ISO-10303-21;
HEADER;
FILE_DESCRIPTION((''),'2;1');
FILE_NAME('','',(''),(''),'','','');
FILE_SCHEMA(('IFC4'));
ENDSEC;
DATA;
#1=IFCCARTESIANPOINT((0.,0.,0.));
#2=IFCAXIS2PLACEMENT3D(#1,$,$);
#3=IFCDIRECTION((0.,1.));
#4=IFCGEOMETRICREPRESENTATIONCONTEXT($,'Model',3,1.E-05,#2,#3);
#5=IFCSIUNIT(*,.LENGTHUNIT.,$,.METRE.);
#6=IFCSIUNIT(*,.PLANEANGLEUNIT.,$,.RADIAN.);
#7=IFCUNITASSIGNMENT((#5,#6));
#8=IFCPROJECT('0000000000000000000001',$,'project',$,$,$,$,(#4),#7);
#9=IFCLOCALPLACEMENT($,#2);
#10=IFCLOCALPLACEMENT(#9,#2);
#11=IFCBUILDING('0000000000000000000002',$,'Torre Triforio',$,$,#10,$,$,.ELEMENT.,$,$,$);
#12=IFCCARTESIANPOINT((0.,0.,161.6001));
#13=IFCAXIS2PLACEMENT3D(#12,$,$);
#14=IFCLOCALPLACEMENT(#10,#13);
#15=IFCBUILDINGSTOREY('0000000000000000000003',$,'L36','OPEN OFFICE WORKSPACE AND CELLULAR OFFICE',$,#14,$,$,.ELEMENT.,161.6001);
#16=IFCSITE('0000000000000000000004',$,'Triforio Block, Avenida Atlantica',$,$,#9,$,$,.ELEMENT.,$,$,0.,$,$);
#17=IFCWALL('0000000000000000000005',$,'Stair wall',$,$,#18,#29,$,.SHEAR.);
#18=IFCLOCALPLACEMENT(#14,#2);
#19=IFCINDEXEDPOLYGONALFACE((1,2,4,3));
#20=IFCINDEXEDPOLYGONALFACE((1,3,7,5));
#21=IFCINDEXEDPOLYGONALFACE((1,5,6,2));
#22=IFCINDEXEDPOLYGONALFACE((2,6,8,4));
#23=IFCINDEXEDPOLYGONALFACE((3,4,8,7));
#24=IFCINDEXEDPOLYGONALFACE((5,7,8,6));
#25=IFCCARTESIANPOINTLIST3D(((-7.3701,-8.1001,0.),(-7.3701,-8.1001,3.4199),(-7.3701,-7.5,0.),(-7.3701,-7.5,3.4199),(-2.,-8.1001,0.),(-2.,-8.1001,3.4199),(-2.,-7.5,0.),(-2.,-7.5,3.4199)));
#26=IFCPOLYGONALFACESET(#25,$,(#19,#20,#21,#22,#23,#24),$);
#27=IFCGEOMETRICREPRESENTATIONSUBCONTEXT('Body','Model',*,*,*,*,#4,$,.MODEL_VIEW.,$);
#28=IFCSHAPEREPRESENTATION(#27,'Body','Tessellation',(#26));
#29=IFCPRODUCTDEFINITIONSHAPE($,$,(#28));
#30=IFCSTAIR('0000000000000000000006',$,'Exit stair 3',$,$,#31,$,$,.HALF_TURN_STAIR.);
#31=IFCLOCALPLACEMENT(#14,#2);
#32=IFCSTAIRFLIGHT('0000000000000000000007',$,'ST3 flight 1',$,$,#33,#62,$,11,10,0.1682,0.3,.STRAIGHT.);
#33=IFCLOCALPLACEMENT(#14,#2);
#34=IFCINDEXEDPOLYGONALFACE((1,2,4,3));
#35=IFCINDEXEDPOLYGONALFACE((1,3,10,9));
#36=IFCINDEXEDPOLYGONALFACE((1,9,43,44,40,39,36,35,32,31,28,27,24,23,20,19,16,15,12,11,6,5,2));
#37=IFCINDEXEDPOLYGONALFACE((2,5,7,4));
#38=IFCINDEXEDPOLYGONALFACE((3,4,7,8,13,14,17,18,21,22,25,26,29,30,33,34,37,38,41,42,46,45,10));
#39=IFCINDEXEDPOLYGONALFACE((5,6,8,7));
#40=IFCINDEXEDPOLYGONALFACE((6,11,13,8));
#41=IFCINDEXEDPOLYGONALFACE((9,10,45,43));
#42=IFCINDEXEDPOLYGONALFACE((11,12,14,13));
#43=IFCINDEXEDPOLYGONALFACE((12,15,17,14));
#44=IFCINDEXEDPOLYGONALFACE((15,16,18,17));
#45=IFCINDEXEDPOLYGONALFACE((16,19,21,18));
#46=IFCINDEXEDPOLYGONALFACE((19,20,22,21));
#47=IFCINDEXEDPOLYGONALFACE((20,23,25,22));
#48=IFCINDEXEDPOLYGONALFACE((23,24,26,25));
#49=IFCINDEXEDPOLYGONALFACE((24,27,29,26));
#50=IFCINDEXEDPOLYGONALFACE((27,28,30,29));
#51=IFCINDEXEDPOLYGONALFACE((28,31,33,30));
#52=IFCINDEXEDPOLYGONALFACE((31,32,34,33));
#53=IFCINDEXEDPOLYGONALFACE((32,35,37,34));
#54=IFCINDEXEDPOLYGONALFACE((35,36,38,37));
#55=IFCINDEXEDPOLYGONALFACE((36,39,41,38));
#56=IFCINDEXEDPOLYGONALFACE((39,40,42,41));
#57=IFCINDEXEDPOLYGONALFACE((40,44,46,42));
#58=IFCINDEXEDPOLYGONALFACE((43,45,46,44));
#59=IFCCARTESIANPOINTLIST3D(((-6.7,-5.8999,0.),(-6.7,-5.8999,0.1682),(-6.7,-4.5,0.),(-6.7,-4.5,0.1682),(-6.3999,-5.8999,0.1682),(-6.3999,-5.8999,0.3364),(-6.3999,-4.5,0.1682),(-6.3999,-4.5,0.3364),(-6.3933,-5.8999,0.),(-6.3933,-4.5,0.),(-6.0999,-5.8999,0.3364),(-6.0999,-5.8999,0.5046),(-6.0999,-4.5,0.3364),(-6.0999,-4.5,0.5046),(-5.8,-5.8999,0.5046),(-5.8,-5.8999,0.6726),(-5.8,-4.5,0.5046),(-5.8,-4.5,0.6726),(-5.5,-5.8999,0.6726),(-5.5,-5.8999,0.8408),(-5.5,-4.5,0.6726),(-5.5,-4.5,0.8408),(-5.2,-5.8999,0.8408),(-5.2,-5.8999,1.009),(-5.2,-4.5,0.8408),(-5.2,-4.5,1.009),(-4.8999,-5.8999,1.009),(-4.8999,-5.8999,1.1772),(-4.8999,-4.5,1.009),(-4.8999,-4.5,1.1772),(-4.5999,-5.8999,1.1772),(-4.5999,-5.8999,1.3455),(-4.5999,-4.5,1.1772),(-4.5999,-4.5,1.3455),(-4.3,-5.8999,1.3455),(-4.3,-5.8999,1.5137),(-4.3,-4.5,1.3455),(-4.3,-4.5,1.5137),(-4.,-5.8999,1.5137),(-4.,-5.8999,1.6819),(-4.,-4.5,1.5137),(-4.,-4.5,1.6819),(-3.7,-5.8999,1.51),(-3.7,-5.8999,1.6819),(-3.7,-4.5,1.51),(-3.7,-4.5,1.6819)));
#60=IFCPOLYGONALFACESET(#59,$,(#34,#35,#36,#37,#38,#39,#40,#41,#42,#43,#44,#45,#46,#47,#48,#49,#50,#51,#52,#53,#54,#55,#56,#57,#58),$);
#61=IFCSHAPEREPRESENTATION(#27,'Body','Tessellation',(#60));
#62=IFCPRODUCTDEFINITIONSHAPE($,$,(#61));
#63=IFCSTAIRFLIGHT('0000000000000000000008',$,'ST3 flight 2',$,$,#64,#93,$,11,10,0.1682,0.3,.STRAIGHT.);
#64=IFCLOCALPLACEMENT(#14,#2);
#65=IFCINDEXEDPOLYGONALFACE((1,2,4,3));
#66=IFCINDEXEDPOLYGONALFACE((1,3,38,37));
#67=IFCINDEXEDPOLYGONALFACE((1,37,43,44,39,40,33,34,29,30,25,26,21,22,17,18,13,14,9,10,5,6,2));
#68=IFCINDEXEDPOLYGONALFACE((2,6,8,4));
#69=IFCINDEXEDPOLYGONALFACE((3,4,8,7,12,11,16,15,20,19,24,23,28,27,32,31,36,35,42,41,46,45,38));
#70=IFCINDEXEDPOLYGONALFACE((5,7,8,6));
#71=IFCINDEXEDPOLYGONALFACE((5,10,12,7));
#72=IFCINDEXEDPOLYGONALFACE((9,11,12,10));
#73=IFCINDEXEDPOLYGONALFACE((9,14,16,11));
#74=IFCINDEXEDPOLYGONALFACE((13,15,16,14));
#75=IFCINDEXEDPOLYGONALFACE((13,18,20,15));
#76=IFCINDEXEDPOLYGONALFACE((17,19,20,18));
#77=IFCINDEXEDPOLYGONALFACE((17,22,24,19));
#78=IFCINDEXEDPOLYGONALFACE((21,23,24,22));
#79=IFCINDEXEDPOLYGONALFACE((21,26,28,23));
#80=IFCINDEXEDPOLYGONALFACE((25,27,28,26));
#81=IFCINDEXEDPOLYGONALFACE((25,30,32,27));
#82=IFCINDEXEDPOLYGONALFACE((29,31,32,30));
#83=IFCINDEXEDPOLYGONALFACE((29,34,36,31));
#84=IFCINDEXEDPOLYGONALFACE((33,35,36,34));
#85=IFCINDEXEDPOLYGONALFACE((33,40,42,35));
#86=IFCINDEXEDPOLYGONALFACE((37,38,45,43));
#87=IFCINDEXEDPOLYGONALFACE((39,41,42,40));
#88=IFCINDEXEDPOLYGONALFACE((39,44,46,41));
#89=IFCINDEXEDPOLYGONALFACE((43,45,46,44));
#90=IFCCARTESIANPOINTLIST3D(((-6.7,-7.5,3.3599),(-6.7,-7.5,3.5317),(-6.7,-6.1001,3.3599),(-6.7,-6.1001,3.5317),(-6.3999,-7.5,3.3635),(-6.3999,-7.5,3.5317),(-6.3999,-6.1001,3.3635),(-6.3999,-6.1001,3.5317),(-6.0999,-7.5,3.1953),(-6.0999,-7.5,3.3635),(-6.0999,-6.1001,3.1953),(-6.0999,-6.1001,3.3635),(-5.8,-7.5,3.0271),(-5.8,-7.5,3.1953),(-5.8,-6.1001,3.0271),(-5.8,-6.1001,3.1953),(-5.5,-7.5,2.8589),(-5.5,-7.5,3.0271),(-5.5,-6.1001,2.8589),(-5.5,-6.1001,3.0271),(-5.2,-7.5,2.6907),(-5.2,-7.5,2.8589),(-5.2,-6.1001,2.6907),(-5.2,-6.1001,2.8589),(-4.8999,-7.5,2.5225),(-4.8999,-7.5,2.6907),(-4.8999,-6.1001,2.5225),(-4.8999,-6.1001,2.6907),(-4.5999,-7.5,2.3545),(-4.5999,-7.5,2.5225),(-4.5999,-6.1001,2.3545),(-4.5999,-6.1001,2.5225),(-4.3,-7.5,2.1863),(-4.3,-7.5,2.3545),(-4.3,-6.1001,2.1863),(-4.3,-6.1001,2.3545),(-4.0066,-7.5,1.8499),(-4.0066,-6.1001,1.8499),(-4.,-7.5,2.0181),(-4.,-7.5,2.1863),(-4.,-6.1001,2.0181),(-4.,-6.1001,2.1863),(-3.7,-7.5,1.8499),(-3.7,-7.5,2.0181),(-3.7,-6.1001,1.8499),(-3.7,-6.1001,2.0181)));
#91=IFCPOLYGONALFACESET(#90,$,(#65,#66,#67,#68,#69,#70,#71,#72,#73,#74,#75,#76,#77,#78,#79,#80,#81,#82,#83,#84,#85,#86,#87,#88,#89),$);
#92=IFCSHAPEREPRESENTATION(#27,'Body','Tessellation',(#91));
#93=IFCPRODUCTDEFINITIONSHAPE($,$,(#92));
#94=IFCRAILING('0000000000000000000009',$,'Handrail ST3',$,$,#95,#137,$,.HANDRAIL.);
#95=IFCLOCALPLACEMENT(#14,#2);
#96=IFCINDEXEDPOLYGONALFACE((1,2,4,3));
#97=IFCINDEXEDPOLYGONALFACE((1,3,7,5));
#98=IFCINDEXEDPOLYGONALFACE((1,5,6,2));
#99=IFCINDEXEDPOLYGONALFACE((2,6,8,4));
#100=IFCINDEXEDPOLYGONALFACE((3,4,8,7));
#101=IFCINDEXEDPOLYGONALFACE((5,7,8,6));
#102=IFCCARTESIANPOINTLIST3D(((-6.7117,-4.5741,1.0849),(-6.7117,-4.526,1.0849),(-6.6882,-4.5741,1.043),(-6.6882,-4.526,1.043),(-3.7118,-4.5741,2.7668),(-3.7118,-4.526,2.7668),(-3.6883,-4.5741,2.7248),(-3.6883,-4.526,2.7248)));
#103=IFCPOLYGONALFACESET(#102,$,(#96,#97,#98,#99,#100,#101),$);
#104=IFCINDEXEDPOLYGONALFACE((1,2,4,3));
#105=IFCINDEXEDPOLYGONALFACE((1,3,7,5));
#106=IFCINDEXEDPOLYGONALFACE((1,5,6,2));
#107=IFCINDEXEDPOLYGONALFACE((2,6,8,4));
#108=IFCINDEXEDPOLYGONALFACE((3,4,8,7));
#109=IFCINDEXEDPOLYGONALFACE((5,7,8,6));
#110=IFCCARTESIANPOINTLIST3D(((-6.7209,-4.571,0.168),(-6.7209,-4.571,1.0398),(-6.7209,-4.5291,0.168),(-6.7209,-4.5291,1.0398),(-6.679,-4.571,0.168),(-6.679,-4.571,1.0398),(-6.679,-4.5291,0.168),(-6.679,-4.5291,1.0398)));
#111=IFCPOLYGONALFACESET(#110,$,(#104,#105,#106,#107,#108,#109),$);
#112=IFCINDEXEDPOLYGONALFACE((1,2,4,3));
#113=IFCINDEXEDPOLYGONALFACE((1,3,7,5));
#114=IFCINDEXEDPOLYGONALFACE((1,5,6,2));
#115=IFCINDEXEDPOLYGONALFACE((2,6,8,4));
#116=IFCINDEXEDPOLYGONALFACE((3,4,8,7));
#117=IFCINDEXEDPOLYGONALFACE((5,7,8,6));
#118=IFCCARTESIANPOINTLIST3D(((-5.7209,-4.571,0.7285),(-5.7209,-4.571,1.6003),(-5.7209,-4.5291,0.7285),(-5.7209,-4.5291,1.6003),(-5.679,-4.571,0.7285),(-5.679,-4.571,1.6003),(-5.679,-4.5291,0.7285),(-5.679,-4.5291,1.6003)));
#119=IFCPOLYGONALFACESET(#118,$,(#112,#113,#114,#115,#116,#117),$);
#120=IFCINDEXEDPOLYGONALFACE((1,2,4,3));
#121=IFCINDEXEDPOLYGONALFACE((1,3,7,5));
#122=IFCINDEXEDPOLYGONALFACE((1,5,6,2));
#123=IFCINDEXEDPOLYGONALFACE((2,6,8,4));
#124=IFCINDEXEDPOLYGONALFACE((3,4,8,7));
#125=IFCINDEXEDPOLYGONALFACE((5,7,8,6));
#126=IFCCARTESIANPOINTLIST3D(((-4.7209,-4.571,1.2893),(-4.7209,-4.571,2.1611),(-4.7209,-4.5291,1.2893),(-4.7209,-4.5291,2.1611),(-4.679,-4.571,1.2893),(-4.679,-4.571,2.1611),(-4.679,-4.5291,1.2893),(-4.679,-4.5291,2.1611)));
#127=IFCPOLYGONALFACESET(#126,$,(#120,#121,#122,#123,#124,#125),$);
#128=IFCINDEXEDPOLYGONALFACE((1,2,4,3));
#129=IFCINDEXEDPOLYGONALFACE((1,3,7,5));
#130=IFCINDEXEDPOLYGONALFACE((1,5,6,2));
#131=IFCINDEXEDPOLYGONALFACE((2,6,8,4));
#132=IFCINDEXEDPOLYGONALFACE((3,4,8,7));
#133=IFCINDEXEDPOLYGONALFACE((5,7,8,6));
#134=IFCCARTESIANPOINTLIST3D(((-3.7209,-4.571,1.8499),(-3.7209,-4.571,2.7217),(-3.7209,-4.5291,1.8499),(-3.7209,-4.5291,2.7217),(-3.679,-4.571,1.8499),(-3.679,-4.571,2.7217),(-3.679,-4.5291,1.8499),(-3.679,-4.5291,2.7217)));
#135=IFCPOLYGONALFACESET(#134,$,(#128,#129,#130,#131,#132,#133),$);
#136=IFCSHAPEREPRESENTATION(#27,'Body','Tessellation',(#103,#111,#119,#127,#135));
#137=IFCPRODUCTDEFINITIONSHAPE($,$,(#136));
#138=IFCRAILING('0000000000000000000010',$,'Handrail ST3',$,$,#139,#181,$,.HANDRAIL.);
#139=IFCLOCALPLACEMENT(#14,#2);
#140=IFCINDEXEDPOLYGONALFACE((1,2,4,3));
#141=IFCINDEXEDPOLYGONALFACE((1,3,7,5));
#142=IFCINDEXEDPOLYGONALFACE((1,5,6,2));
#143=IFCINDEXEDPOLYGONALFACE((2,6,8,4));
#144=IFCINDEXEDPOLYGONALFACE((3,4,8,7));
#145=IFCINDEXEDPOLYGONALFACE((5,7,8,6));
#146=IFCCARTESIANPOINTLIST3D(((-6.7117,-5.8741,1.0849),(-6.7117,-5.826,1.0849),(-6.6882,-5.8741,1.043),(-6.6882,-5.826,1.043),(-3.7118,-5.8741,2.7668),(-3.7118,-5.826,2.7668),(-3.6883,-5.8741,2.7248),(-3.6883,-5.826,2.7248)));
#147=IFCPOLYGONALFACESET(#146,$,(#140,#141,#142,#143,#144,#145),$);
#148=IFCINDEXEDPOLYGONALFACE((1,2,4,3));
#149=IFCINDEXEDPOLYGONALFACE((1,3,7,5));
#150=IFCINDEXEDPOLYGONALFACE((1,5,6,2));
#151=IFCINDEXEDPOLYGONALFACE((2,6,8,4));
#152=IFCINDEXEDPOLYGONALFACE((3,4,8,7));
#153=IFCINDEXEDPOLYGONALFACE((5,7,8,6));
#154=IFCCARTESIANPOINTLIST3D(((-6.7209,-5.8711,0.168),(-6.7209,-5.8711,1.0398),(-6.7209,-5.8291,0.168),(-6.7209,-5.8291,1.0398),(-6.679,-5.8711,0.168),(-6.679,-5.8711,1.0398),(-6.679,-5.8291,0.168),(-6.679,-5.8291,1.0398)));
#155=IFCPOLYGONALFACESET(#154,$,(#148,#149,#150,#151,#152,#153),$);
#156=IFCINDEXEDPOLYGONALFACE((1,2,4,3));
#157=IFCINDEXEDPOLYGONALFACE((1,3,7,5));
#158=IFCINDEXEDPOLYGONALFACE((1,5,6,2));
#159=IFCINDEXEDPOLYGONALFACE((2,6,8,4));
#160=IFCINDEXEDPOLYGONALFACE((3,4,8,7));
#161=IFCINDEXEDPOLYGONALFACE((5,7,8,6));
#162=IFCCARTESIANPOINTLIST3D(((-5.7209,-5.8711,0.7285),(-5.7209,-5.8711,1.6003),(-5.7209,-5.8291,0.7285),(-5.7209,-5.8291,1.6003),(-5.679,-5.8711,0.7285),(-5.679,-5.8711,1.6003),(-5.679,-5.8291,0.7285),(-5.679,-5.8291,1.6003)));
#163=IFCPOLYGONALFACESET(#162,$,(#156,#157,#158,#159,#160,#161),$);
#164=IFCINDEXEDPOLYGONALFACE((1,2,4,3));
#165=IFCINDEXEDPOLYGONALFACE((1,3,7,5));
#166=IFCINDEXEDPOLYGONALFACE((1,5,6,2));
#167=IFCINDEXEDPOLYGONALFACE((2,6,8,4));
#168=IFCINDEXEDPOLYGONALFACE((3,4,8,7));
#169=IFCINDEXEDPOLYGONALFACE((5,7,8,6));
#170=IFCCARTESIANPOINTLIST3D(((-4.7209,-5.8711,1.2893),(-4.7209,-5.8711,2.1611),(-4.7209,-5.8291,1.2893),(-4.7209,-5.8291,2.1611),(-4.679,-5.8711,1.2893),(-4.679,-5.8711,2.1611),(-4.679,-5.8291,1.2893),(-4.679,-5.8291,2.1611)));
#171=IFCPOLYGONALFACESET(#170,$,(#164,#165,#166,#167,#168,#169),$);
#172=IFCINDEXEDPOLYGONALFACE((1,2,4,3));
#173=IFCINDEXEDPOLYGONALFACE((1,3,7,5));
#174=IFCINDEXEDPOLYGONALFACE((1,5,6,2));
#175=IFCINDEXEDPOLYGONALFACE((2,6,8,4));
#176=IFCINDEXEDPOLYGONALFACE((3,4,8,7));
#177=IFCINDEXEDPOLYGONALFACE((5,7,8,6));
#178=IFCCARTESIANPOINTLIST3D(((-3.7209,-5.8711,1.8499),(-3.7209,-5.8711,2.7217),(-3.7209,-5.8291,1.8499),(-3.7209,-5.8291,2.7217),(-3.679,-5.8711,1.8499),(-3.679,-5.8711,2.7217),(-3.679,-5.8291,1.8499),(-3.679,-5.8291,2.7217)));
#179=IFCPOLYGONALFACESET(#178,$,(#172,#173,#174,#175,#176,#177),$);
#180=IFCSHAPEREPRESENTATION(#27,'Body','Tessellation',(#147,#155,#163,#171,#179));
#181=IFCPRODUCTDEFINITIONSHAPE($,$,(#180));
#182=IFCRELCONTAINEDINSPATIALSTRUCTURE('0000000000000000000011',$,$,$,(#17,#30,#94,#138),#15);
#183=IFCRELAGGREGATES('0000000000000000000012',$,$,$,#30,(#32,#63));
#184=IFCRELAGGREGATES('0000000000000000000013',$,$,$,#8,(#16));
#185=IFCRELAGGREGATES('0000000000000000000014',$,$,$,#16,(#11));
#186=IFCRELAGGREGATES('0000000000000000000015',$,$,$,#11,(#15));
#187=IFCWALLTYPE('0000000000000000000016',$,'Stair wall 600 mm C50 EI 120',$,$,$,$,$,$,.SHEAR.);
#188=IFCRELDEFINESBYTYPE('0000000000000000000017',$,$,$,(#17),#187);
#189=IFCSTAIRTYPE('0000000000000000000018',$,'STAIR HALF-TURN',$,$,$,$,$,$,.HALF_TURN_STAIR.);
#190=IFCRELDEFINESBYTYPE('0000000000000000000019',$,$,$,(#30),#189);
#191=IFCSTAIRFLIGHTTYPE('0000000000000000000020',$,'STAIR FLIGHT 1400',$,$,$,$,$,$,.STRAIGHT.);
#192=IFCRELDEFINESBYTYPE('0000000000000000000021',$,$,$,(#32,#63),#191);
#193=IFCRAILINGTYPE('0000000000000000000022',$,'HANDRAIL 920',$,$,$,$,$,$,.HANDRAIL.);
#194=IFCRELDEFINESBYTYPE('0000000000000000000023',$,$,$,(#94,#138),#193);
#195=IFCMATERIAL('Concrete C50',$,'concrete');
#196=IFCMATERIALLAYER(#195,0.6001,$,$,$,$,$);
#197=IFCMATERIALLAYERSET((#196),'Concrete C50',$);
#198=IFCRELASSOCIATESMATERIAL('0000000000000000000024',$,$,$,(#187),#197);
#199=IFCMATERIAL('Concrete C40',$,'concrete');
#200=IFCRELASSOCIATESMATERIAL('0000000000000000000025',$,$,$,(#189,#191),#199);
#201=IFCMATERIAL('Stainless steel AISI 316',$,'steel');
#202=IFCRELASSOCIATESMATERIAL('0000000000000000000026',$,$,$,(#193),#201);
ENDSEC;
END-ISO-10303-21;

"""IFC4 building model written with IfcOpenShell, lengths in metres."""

from ifc_helpers import new_model, si_unit, direction, frame, frame_2d, origin, origin_2d, place, context, subcontext, project, spatial, polyline, rectangle, outline, extrude, material, layer, layer_set, type_object, element, aggregate, save


model = new_model("IFC4")

# Units and contexts
model_context = context("Model", 3, precision=1e-05, world=origin(), true_north=direction((0.0, 1.0)))
body_context = subcontext(model_context, "Body", "Model", "MODEL_VIEW")
ifc_project = project(units=[si_unit("LENGTHUNIT", "METRE"), si_unit("PLANEANGLEUNIT", "RADIAN")], contexts=[model_context])

# Site, building, storey
site_placement = place(None, origin())
site = spatial("IfcSite", under=ifc_project, at=site_placement, Name="Triforio Block, Avenida Atlantica", CompositionType="ELEMENT", RefElevation=0.0)
building_placement = place(site_placement, origin())
building = spatial("IfcBuilding", under=site, at=building_placement, Name="Torre Triforio", CompositionType="ELEMENT")
storey_placement = place(building_placement, frame((0.0, 0.0, 161.6001)))
storey = spatial("IfcBuildingStorey", under=building, at=storey_placement, Name="L36", Description="OPEN OFFICE WORKSPACE AND CELLULAR OFFICE", CompositionType="ELEMENT", Elevation=161.6001)

# Shared definitions
ifc_material_1 = material(Name="Concrete C40", Category="concrete")

# Shared definitions
ifc_material_2 = material(Name="Concrete C50", Category="concrete")

# Wall
ifc_layer_1 = layer(ifc_material_2, 0.6001)
ifc_layer_set_1 = layer_set([ifc_layer_1], Name="Concrete C50")
wall_type_1 = type_object("IfcWallType", Name="Stair wall 600 mm C50 EI 120", PredefinedType="SHEAR", material=ifc_layer_set_1)
wall_1_placement = place(storey_placement, frame((-7.3701, -7.8, 0.0), z_axis=(0.0, 0.0, 1.0), x_axis=(1.0, 0.0, 0.0)))
element("IfcWall", 1, at=wall_1_placement, inside=storey, type_object=wall_type_1, Name="Stair wall", PredefinedType="SHEAR", context=body_context, shape_type="SweptSolid", body=[
    extrude(rectangle(XDim=5.3701, YDim=0.6001, at=frame_2d((2.6851, 0.0))), origin(), (0.0, 0.0, 1.0), 3.4199),
])

# Stair, stair flights
stair_type = type_object("IfcStairType", Name="STAIR HALF-TURN", PredefinedType="HALF_TURN_STAIR", material=ifc_material_1)
stair_placement = place(storey_placement, origin())
stair = element("IfcStair", 2, at=stair_placement, inside=storey, type_object=stair_type, Name="Exit stair 3", PredefinedType="HALF_TURN_STAIR")
stair_flight_type = type_object("IfcStairFlightType", Name="STAIR FLIGHT 1400", PredefinedType="STRAIGHT", material=ifc_material_1)
stair_flight_1_placement = place(storey_placement, frame((-6.7, -5.2, 0.0), z_axis=(0.0, 0.0, 1.0), x_axis=(1.0, 0.0, 0.0)))
stair_flight_1 = element("IfcStairFlight", 3, at=stair_flight_1_placement, type_object=stair_flight_type, Name="ST3 flight 1", NumberOfRisers=11, NumberOfTreads=10, PredefinedType="STRAIGHT", RiserHeight=0.1682, TreadLength=0.3, context=body_context, shape_type="SweptSolid", body=[
    extrude(outline(polyline([(0.0, 0.0), (0.0, 0.1682), (0.3, 0.1682), (0.3, 0.3364), (0.6001, 0.3364), (0.6001, 0.5046), (0.8999, 0.5046), (0.8999, 0.6726), (1.2, 0.6726), (1.2, 0.8408), (1.5, 0.8408), (1.5, 1.009), (1.8, 1.009), (1.8, 1.1772), (2.1001, 1.1772), (2.1001, 1.3455), (2.3999, 1.3455), (2.3999, 1.5137), (2.7, 1.5137), (2.7, 1.6819), (3.0, 1.6819), (3.0, 1.8501), (3.0, 1.51), (0.3066, 0.0), (0.0, 0.0)])), frame((0.0, 0.7, 0.0), z_axis=(0.0, -1.0, 0.0), x_axis=(1.0, 0.0, 0.0)), (0.0, 0.0, 1.0), 1.3999),
])
stair_flight_2_placement = place(storey_placement, frame((-3.7, -6.8, 1.8499), z_axis=(0.0, 0.0, 1.0), x_axis=(-1.0, 0.0, 0.0)))
stair_flight_2 = element("IfcStairFlight", 4, at=stair_flight_2_placement, type_object=stair_flight_type, Name="ST3 flight 2", NumberOfRisers=11, NumberOfTreads=10, PredefinedType="STRAIGHT", RiserHeight=0.1682, TreadLength=0.3, context=body_context, shape_type="SweptSolid", body=[
    extrude(outline(polyline([(0.0, 0.0), (0.0, 0.1682), (0.3, 0.1682), (0.3, 0.3364), (0.6001, 0.3364), (0.6001, 0.5046), (0.8999, 0.5046), (0.8999, 0.6726), (1.2, 0.6726), (1.2, 0.8408), (1.5, 0.8408), (1.5, 1.009), (1.8, 1.009), (1.8, 1.1772), (2.1001, 1.1772), (2.1001, 1.3455), (2.3999, 1.3455), (2.3999, 1.5137), (2.7, 1.5137), (2.7, 1.6819), (3.0, 1.6819), (3.0, 1.8501), (3.0, 1.51), (0.3066, 0.0), (0.0, 0.0)])), frame((0.0, 0.7, 0.0), z_axis=(0.0, -1.0, 0.0), x_axis=(1.0, 0.0, 0.0)), (0.0, 0.0, 1.0), 1.3999),
])
aggregate(stair, [stair_flight_1, stair_flight_2])

# Railings
ifc_material_3 = material(Name="Stainless steel AISI 316", Category="steel")
railing_type = type_object("IfcRailingType", Name="HANDRAIL 920", PredefinedType="HANDRAIL", material=ifc_material_3)
for number, where, name in (
    (5, (-6.7, -4.55, 0.168), "Handrail ST3"),
    (6, (-6.7, -5.8501, 0.168), "Handrail ST3"),
):
    element("IfcRailing", number, at=place(storey_placement, frame(where)), inside=storey, type_object=railing_type, Name=name, PredefinedType="HANDRAIL", context=body_context, shape_type="SweptSolid", body=[
        extrude(rectangle(XDim=0.0481, YDim=0.0481, at=origin_2d()), frame((0.0, 0.0, 0.896), z_axis=(0.872272, 0.0, 0.48902), x_axis=(0.0, 1.0, 0.0)), (0.0, 0.0, 1.0), 3.4392),
        extrude(rectangle(XDim=0.042, YDim=0.042, at=origin_2d()), origin(), (0.0, 0.0, 1.0), 0.8718),
        extrude(rectangle(XDim=0.042, YDim=0.042, at=origin_2d()), frame((1.0, 0.0, 0.5605)), (0.0, 0.0, 1.0), 0.8718),
        extrude(rectangle(XDim=0.042, YDim=0.042, at=origin_2d()), frame((2.0, 0.0, 1.1213)), (0.0, 0.0, 1.0), 0.8718),
        extrude(rectangle(XDim=0.042, YDim=0.042, at=origin_2d()), frame((3.0, 0.0, 1.6819)), (0.0, 0.0, 1.0), 0.8718),
    ])

save(model, "model.ifc")
